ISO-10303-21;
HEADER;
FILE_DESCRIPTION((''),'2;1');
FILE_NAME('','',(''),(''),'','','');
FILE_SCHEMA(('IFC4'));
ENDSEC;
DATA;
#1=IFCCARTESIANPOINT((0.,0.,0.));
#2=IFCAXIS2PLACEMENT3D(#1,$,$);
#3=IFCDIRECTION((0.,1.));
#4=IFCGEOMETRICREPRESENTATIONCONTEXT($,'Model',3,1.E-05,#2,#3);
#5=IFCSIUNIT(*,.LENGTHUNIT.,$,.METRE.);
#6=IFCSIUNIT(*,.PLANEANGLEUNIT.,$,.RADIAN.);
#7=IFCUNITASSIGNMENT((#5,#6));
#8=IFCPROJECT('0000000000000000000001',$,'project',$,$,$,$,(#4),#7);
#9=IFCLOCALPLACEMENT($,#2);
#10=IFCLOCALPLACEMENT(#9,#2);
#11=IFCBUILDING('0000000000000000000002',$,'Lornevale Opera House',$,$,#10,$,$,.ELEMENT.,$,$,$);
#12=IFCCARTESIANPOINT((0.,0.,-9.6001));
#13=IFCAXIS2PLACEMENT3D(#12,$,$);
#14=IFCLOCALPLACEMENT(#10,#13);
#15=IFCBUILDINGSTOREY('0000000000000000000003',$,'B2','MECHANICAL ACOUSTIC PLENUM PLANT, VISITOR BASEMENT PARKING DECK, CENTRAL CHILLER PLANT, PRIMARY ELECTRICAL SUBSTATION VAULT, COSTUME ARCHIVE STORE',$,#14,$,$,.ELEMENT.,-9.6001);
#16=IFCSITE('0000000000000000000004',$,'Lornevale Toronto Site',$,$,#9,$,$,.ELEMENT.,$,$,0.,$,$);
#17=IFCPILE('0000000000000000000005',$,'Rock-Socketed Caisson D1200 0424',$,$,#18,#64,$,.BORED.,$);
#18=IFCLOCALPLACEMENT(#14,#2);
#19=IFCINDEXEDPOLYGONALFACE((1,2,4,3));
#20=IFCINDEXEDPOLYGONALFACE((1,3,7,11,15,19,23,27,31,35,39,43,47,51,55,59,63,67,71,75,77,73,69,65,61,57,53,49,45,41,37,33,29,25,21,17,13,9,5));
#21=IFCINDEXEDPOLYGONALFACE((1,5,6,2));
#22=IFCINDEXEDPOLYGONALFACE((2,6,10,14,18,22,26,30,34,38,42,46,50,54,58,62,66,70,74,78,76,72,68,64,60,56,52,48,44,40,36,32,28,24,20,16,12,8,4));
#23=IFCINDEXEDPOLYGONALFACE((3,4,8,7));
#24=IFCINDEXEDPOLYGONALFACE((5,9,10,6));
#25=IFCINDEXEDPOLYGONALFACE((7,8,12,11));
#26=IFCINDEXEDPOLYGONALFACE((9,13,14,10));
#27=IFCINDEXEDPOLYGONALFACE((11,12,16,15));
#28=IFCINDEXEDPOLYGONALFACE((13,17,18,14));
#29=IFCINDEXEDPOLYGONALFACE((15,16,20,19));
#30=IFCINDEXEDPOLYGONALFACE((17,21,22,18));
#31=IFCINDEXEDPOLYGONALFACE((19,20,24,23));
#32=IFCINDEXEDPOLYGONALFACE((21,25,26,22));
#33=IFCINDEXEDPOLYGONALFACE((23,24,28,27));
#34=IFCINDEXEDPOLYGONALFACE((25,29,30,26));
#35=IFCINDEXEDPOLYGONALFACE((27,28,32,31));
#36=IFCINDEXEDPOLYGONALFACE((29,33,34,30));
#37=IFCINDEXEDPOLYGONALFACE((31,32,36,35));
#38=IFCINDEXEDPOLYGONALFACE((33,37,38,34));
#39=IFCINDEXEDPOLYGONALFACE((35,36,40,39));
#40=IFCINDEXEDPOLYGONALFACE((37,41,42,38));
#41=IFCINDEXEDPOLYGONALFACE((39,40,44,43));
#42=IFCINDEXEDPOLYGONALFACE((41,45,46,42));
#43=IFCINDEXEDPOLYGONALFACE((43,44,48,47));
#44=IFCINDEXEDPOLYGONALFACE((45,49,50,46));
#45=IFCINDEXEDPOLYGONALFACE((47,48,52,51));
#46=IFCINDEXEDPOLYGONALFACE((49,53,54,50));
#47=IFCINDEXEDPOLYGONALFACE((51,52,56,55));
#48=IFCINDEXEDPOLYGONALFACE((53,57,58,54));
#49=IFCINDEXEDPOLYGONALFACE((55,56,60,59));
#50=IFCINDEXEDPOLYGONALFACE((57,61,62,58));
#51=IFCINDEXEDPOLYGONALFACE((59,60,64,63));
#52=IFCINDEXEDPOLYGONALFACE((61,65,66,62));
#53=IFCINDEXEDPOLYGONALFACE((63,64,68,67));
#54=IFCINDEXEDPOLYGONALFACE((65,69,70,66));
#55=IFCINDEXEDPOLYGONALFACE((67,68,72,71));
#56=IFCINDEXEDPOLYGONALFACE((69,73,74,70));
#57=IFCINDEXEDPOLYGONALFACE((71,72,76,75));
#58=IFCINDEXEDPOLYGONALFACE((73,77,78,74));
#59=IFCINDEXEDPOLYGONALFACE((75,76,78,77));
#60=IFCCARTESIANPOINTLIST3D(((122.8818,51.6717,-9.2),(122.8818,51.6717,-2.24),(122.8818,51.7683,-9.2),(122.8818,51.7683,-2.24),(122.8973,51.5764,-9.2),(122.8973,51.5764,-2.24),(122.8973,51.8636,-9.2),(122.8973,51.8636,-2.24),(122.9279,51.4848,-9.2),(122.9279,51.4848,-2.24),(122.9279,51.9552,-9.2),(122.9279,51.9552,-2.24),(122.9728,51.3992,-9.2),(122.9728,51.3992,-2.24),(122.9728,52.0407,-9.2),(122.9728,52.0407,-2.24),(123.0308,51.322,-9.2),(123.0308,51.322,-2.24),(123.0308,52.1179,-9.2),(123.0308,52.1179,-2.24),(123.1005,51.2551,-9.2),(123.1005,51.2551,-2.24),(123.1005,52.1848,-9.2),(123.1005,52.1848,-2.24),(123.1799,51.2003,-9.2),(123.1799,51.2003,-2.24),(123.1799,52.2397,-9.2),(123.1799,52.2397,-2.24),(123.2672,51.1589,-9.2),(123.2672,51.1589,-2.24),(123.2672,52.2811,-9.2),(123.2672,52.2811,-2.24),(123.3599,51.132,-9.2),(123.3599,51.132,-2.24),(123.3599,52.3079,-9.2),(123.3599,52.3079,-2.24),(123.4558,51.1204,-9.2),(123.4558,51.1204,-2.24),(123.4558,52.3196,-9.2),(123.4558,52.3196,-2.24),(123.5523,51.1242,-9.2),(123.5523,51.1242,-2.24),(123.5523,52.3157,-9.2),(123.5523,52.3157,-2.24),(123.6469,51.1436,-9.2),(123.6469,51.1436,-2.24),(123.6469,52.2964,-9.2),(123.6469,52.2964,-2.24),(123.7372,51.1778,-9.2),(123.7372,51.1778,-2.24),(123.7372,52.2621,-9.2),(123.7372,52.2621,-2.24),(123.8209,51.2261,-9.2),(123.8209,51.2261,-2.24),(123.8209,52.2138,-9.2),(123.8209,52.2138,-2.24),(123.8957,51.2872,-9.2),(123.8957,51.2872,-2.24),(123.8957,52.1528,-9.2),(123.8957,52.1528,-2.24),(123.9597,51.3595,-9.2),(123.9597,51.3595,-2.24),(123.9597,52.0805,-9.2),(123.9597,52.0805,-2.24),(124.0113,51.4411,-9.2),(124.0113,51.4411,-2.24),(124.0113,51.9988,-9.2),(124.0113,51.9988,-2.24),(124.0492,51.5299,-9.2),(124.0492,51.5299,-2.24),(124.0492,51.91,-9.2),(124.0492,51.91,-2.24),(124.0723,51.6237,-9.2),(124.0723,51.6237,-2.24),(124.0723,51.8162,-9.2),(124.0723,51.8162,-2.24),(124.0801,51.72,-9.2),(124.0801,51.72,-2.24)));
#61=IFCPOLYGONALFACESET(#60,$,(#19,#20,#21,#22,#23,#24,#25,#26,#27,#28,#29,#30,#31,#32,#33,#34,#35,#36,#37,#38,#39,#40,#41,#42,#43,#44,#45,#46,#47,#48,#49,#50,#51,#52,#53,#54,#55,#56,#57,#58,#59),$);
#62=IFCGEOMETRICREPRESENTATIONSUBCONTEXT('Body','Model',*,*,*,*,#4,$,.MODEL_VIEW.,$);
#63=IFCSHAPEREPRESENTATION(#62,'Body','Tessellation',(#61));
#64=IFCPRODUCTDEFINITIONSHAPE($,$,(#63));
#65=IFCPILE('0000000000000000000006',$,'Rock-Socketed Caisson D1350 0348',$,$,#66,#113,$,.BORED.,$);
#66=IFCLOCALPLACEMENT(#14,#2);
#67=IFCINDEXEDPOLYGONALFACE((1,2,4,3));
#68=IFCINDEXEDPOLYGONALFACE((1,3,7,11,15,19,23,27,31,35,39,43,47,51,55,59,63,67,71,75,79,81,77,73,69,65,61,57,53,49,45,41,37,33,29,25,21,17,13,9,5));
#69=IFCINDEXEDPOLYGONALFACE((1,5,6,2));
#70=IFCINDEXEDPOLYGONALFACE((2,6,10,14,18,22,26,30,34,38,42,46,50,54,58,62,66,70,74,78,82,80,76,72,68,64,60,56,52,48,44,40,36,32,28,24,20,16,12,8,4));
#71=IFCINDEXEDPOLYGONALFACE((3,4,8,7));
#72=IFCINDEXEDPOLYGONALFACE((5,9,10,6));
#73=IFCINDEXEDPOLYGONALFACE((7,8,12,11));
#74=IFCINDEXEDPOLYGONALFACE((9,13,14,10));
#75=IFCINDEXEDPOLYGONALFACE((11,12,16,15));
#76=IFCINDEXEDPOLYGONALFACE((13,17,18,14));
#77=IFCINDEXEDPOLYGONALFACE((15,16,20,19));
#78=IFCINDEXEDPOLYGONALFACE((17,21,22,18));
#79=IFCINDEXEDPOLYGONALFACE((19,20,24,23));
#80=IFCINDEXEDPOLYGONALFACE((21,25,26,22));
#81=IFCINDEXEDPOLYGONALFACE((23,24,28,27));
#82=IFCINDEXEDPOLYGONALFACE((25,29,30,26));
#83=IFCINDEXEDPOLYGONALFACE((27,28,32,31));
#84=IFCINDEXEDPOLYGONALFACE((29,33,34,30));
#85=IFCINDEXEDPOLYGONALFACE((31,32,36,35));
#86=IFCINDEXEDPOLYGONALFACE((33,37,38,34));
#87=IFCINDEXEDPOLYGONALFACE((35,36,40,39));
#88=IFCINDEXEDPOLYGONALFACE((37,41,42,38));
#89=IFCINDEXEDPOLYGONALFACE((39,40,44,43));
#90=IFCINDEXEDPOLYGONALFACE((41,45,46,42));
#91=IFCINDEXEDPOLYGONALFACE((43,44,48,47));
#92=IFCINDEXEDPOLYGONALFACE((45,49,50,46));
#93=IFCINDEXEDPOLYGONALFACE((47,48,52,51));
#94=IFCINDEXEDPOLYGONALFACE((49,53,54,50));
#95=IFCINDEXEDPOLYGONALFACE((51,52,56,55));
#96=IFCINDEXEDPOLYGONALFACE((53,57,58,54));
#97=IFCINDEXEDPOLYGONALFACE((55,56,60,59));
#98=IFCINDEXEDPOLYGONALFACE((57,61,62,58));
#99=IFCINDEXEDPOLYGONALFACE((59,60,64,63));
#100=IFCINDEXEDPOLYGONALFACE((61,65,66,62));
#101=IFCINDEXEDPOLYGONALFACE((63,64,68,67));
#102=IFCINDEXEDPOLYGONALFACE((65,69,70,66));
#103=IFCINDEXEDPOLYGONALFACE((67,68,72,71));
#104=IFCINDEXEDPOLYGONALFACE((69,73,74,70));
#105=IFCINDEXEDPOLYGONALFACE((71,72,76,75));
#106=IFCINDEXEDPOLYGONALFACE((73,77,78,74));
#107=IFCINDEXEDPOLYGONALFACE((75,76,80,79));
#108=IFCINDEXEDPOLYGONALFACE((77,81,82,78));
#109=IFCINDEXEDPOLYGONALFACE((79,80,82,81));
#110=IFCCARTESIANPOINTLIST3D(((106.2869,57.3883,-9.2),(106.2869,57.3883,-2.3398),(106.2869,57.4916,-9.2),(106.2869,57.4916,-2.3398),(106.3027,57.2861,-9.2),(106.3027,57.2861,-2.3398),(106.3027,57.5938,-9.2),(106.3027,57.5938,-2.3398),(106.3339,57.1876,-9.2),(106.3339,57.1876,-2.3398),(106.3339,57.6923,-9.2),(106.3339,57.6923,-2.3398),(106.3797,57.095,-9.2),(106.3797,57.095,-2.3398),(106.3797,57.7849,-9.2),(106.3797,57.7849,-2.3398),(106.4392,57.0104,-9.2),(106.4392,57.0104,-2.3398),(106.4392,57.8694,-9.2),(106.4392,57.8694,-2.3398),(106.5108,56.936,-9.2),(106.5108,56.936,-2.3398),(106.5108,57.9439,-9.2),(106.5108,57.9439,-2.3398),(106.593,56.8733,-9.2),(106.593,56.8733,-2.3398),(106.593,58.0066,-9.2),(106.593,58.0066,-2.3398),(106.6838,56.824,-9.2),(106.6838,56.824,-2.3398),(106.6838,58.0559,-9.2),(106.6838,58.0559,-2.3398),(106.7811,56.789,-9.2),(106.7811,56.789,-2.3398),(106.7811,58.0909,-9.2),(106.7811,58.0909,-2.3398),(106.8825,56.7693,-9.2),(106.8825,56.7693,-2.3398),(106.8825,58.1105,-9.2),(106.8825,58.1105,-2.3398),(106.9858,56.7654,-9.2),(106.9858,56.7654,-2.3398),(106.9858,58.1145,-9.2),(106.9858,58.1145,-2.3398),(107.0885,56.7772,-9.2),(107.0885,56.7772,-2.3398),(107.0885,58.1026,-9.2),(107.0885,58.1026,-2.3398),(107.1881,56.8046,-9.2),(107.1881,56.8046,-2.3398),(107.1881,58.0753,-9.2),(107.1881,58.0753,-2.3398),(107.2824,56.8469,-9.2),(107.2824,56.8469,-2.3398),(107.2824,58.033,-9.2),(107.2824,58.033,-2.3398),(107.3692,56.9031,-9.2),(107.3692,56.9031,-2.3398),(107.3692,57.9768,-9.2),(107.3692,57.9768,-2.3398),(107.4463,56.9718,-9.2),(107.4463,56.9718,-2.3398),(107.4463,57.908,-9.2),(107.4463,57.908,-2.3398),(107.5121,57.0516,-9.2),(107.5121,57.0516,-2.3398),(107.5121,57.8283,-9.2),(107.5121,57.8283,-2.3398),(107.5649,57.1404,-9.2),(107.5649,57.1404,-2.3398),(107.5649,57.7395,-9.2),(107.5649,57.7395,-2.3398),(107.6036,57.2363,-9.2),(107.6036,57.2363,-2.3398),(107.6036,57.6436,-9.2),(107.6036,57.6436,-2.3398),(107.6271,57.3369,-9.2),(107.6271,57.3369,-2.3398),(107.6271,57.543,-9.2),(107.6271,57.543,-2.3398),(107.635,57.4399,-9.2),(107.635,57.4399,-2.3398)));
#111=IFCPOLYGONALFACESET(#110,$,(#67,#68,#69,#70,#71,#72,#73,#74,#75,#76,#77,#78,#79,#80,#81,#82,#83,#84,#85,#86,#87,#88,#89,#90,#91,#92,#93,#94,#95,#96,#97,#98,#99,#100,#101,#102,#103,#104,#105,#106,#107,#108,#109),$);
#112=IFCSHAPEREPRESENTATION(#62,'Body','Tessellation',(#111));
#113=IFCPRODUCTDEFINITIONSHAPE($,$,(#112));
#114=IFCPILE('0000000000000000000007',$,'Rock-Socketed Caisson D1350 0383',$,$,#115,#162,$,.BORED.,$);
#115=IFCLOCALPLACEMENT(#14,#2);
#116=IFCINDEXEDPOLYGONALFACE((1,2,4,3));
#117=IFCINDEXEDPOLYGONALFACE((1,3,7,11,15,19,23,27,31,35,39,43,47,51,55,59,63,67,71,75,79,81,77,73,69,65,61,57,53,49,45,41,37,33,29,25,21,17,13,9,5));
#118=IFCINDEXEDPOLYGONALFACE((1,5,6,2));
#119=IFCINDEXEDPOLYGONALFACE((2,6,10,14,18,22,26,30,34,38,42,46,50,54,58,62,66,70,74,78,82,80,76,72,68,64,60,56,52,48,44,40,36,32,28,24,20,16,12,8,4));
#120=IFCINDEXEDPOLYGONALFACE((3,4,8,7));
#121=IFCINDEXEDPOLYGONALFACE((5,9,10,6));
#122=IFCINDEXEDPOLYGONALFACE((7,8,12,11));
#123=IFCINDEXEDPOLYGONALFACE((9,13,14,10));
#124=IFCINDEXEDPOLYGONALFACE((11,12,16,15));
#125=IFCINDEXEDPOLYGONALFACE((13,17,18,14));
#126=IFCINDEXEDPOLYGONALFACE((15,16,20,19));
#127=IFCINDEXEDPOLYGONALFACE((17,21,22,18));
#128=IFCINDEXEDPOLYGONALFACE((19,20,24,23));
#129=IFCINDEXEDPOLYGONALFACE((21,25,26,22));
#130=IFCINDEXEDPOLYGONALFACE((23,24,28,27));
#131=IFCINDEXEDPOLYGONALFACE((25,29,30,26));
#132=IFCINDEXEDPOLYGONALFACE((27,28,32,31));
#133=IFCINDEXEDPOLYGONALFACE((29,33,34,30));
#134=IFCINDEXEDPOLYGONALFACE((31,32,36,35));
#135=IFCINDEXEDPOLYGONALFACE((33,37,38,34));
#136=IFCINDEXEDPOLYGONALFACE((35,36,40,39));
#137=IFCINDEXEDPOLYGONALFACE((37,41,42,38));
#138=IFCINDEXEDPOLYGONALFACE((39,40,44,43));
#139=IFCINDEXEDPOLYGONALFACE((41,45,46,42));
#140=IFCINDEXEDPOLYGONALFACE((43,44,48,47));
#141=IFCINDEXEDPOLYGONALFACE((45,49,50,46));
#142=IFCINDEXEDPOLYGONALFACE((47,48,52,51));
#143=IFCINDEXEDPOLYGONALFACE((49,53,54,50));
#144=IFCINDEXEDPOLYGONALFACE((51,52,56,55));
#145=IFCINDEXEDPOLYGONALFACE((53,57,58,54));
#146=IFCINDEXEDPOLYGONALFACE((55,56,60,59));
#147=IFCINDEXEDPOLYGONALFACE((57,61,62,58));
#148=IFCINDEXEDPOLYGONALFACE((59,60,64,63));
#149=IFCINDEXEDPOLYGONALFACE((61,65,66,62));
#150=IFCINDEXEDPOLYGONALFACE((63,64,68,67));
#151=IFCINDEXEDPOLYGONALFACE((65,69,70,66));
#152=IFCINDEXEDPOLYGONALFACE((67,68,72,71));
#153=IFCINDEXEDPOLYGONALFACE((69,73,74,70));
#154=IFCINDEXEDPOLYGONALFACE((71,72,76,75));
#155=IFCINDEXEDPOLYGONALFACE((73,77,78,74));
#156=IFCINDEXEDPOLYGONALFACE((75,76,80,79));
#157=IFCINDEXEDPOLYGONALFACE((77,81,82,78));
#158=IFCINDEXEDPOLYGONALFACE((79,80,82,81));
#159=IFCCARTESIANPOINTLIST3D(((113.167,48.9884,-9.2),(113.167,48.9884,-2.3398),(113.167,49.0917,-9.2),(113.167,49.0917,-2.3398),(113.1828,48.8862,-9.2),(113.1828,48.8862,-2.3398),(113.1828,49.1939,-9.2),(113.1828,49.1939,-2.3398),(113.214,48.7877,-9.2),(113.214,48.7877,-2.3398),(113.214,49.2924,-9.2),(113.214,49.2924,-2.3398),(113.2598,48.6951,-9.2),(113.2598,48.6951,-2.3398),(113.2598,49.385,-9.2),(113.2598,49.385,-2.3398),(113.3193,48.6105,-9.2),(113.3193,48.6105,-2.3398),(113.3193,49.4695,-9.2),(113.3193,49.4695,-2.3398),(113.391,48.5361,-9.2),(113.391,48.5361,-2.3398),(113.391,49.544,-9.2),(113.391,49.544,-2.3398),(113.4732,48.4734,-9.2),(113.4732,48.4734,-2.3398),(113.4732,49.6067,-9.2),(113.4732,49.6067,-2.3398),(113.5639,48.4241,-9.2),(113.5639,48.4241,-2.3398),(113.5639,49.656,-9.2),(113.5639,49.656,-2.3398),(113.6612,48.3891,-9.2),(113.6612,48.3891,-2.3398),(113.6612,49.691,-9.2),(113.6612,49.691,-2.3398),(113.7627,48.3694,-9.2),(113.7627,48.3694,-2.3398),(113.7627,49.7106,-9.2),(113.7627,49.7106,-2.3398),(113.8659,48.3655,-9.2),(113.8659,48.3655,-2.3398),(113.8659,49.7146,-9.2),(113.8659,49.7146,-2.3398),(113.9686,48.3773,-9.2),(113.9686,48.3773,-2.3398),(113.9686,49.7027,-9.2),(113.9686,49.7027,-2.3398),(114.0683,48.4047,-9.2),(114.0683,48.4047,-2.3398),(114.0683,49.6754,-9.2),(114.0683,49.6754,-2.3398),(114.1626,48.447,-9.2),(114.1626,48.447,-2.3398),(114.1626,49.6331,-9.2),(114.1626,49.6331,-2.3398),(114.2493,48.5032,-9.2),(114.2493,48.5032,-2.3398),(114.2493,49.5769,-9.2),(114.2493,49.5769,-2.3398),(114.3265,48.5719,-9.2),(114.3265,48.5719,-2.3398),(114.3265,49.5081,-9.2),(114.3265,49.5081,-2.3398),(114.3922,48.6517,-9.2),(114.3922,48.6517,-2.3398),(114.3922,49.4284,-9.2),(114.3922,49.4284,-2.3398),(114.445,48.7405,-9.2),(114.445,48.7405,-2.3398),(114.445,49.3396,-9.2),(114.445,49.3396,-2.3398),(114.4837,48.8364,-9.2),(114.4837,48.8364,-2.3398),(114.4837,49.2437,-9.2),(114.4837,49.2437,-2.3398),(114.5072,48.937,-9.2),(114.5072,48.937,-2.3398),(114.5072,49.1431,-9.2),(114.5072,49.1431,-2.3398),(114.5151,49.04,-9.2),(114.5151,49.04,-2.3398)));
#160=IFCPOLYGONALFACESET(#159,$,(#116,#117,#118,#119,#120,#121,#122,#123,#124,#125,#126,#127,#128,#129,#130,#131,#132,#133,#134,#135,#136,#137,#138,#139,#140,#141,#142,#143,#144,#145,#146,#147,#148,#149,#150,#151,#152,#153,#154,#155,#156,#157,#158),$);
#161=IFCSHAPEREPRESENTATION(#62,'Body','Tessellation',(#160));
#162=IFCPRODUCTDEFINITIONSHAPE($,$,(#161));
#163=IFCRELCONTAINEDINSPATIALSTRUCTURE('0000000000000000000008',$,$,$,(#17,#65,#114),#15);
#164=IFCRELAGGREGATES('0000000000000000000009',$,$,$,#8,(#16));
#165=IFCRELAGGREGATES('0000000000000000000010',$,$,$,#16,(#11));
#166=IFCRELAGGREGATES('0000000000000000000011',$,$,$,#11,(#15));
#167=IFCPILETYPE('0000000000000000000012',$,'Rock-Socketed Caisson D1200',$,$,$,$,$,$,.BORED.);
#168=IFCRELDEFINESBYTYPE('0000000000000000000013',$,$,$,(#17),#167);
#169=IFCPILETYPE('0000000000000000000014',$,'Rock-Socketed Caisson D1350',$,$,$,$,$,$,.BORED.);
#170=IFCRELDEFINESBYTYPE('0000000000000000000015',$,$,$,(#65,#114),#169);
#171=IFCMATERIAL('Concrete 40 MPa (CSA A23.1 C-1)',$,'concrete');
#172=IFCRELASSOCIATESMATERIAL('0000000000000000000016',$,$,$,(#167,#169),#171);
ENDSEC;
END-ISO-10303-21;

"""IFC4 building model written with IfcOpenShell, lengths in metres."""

from ifc_helpers import new_model, si_unit, direction, frame, origin, origin_2d, place, context, subcontext, project, spatial, circle, extrude, material, material_profile, profile_set, type_object, element, save


model = new_model("IFC4")

# Units and contexts
model_context = context("Model", 3, precision=1e-05, world=origin(), true_north=direction((0.0, 1.0)))
body_context = subcontext(model_context, "Body", "Model", "MODEL_VIEW")
ifc_project = project(units=[si_unit("LENGTHUNIT", "METRE"), si_unit("PLANEANGLEUNIT", "RADIAN")], contexts=[model_context])

# Site, building, storey
site_placement = place(None, origin())
site = spatial("IfcSite", under=ifc_project, at=site_placement, Name="Lornevale Toronto Site", CompositionType="ELEMENT", RefElevation=0.0)
building_placement = place(site_placement, origin())
building = spatial("IfcBuilding", under=site, at=building_placement, Name="Lornevale Opera House", CompositionType="ELEMENT")
storey_placement = place(building_placement, frame((0.0, 0.0, -9.6001)))
storey = spatial("IfcBuildingStorey", under=building, at=storey_placement, Name="B2", Description="MECHANICAL ACOUSTIC PLENUM PLANT, VISITOR BASEMENT PARKING DECK, CENTRAL CHILLER PLANT, PRIMARY ELECTRICAL SUBSTATION VAULT, COSTUME ARCHIVE STORE", CompositionType="ELEMENT", Elevation=-9.6001)

# Piles
ifc_material_1 = material(Name="Concrete 40 MPa (CSA A23.1 C-1)", Category="concrete")
ifc_material_profile_1 = material_profile(ifc_material_1, circle(Radius=0.6001, at=origin_2d()), Name="CAIS1200")
ifc_profile_set_1 = profile_set([ifc_material_profile_1], Name="Concrete 40 MPa (CSA A23.1 C-1)")
pile_type_1 = type_object("IfcPileType", Name="Rock-Socketed Caisson D1200", PredefinedType="BORED", material=ifc_profile_set_1)
for number, where, z_axis, x_axis, name in (
    (1, (123.48, 51.72, -2.24), (0.0, 0.0, -1.0), (1.0, 0.0, 0.0), "Rock-Socketed Caisson D1200 0424"),
):
    element("IfcPile", number, at=place(storey_placement, frame(where, z_axis=z_axis, x_axis=x_axis)), inside=storey, type_object=pile_type_1, Name=name, PredefinedType="BORED", context=body_context, shape_type="SweptSolid", body=[
        extrude(circle(Radius=0.6001, at=origin_2d()), origin(), (0.0, 0.0, 1.0), 6.96),
    ])
ifc_material_profile_2 = material_profile(ifc_material_1, circle(Radius=0.675, at=origin_2d()), Name="CAIS1350")
ifc_profile_set_2 = profile_set([ifc_material_profile_2], Name="Concrete 40 MPa (CSA A23.1 C-1)")
pile_type_2 = type_object("IfcPileType", Name="Rock-Socketed Caisson D1350", PredefinedType="BORED", material=ifc_profile_set_2)
for number, where, z_axis, x_axis, name in (
    (2, (106.96, 57.4399, -2.3398), (0.0, 0.0, -1.0), (1.0, 0.0, 0.0), "Rock-Socketed Caisson D1350 0348"),
    (3, (113.8401, 49.04, -2.3398), (0.0, 0.0, -1.0), (1.0, 0.0, 0.0), "Rock-Socketed Caisson D1350 0383"),
):
    element("IfcPile", number, at=place(storey_placement, frame(where, z_axis=z_axis, x_axis=x_axis)), inside=storey, type_object=pile_type_2, Name=name, PredefinedType="BORED", context=body_context, shape_type="SweptSolid", body=[
        extrude(circle(Radius=0.675, at=origin_2d()), origin(), (0.0, 0.0, 1.0), 6.8601),
    ])

save(model, "model.ifc")
